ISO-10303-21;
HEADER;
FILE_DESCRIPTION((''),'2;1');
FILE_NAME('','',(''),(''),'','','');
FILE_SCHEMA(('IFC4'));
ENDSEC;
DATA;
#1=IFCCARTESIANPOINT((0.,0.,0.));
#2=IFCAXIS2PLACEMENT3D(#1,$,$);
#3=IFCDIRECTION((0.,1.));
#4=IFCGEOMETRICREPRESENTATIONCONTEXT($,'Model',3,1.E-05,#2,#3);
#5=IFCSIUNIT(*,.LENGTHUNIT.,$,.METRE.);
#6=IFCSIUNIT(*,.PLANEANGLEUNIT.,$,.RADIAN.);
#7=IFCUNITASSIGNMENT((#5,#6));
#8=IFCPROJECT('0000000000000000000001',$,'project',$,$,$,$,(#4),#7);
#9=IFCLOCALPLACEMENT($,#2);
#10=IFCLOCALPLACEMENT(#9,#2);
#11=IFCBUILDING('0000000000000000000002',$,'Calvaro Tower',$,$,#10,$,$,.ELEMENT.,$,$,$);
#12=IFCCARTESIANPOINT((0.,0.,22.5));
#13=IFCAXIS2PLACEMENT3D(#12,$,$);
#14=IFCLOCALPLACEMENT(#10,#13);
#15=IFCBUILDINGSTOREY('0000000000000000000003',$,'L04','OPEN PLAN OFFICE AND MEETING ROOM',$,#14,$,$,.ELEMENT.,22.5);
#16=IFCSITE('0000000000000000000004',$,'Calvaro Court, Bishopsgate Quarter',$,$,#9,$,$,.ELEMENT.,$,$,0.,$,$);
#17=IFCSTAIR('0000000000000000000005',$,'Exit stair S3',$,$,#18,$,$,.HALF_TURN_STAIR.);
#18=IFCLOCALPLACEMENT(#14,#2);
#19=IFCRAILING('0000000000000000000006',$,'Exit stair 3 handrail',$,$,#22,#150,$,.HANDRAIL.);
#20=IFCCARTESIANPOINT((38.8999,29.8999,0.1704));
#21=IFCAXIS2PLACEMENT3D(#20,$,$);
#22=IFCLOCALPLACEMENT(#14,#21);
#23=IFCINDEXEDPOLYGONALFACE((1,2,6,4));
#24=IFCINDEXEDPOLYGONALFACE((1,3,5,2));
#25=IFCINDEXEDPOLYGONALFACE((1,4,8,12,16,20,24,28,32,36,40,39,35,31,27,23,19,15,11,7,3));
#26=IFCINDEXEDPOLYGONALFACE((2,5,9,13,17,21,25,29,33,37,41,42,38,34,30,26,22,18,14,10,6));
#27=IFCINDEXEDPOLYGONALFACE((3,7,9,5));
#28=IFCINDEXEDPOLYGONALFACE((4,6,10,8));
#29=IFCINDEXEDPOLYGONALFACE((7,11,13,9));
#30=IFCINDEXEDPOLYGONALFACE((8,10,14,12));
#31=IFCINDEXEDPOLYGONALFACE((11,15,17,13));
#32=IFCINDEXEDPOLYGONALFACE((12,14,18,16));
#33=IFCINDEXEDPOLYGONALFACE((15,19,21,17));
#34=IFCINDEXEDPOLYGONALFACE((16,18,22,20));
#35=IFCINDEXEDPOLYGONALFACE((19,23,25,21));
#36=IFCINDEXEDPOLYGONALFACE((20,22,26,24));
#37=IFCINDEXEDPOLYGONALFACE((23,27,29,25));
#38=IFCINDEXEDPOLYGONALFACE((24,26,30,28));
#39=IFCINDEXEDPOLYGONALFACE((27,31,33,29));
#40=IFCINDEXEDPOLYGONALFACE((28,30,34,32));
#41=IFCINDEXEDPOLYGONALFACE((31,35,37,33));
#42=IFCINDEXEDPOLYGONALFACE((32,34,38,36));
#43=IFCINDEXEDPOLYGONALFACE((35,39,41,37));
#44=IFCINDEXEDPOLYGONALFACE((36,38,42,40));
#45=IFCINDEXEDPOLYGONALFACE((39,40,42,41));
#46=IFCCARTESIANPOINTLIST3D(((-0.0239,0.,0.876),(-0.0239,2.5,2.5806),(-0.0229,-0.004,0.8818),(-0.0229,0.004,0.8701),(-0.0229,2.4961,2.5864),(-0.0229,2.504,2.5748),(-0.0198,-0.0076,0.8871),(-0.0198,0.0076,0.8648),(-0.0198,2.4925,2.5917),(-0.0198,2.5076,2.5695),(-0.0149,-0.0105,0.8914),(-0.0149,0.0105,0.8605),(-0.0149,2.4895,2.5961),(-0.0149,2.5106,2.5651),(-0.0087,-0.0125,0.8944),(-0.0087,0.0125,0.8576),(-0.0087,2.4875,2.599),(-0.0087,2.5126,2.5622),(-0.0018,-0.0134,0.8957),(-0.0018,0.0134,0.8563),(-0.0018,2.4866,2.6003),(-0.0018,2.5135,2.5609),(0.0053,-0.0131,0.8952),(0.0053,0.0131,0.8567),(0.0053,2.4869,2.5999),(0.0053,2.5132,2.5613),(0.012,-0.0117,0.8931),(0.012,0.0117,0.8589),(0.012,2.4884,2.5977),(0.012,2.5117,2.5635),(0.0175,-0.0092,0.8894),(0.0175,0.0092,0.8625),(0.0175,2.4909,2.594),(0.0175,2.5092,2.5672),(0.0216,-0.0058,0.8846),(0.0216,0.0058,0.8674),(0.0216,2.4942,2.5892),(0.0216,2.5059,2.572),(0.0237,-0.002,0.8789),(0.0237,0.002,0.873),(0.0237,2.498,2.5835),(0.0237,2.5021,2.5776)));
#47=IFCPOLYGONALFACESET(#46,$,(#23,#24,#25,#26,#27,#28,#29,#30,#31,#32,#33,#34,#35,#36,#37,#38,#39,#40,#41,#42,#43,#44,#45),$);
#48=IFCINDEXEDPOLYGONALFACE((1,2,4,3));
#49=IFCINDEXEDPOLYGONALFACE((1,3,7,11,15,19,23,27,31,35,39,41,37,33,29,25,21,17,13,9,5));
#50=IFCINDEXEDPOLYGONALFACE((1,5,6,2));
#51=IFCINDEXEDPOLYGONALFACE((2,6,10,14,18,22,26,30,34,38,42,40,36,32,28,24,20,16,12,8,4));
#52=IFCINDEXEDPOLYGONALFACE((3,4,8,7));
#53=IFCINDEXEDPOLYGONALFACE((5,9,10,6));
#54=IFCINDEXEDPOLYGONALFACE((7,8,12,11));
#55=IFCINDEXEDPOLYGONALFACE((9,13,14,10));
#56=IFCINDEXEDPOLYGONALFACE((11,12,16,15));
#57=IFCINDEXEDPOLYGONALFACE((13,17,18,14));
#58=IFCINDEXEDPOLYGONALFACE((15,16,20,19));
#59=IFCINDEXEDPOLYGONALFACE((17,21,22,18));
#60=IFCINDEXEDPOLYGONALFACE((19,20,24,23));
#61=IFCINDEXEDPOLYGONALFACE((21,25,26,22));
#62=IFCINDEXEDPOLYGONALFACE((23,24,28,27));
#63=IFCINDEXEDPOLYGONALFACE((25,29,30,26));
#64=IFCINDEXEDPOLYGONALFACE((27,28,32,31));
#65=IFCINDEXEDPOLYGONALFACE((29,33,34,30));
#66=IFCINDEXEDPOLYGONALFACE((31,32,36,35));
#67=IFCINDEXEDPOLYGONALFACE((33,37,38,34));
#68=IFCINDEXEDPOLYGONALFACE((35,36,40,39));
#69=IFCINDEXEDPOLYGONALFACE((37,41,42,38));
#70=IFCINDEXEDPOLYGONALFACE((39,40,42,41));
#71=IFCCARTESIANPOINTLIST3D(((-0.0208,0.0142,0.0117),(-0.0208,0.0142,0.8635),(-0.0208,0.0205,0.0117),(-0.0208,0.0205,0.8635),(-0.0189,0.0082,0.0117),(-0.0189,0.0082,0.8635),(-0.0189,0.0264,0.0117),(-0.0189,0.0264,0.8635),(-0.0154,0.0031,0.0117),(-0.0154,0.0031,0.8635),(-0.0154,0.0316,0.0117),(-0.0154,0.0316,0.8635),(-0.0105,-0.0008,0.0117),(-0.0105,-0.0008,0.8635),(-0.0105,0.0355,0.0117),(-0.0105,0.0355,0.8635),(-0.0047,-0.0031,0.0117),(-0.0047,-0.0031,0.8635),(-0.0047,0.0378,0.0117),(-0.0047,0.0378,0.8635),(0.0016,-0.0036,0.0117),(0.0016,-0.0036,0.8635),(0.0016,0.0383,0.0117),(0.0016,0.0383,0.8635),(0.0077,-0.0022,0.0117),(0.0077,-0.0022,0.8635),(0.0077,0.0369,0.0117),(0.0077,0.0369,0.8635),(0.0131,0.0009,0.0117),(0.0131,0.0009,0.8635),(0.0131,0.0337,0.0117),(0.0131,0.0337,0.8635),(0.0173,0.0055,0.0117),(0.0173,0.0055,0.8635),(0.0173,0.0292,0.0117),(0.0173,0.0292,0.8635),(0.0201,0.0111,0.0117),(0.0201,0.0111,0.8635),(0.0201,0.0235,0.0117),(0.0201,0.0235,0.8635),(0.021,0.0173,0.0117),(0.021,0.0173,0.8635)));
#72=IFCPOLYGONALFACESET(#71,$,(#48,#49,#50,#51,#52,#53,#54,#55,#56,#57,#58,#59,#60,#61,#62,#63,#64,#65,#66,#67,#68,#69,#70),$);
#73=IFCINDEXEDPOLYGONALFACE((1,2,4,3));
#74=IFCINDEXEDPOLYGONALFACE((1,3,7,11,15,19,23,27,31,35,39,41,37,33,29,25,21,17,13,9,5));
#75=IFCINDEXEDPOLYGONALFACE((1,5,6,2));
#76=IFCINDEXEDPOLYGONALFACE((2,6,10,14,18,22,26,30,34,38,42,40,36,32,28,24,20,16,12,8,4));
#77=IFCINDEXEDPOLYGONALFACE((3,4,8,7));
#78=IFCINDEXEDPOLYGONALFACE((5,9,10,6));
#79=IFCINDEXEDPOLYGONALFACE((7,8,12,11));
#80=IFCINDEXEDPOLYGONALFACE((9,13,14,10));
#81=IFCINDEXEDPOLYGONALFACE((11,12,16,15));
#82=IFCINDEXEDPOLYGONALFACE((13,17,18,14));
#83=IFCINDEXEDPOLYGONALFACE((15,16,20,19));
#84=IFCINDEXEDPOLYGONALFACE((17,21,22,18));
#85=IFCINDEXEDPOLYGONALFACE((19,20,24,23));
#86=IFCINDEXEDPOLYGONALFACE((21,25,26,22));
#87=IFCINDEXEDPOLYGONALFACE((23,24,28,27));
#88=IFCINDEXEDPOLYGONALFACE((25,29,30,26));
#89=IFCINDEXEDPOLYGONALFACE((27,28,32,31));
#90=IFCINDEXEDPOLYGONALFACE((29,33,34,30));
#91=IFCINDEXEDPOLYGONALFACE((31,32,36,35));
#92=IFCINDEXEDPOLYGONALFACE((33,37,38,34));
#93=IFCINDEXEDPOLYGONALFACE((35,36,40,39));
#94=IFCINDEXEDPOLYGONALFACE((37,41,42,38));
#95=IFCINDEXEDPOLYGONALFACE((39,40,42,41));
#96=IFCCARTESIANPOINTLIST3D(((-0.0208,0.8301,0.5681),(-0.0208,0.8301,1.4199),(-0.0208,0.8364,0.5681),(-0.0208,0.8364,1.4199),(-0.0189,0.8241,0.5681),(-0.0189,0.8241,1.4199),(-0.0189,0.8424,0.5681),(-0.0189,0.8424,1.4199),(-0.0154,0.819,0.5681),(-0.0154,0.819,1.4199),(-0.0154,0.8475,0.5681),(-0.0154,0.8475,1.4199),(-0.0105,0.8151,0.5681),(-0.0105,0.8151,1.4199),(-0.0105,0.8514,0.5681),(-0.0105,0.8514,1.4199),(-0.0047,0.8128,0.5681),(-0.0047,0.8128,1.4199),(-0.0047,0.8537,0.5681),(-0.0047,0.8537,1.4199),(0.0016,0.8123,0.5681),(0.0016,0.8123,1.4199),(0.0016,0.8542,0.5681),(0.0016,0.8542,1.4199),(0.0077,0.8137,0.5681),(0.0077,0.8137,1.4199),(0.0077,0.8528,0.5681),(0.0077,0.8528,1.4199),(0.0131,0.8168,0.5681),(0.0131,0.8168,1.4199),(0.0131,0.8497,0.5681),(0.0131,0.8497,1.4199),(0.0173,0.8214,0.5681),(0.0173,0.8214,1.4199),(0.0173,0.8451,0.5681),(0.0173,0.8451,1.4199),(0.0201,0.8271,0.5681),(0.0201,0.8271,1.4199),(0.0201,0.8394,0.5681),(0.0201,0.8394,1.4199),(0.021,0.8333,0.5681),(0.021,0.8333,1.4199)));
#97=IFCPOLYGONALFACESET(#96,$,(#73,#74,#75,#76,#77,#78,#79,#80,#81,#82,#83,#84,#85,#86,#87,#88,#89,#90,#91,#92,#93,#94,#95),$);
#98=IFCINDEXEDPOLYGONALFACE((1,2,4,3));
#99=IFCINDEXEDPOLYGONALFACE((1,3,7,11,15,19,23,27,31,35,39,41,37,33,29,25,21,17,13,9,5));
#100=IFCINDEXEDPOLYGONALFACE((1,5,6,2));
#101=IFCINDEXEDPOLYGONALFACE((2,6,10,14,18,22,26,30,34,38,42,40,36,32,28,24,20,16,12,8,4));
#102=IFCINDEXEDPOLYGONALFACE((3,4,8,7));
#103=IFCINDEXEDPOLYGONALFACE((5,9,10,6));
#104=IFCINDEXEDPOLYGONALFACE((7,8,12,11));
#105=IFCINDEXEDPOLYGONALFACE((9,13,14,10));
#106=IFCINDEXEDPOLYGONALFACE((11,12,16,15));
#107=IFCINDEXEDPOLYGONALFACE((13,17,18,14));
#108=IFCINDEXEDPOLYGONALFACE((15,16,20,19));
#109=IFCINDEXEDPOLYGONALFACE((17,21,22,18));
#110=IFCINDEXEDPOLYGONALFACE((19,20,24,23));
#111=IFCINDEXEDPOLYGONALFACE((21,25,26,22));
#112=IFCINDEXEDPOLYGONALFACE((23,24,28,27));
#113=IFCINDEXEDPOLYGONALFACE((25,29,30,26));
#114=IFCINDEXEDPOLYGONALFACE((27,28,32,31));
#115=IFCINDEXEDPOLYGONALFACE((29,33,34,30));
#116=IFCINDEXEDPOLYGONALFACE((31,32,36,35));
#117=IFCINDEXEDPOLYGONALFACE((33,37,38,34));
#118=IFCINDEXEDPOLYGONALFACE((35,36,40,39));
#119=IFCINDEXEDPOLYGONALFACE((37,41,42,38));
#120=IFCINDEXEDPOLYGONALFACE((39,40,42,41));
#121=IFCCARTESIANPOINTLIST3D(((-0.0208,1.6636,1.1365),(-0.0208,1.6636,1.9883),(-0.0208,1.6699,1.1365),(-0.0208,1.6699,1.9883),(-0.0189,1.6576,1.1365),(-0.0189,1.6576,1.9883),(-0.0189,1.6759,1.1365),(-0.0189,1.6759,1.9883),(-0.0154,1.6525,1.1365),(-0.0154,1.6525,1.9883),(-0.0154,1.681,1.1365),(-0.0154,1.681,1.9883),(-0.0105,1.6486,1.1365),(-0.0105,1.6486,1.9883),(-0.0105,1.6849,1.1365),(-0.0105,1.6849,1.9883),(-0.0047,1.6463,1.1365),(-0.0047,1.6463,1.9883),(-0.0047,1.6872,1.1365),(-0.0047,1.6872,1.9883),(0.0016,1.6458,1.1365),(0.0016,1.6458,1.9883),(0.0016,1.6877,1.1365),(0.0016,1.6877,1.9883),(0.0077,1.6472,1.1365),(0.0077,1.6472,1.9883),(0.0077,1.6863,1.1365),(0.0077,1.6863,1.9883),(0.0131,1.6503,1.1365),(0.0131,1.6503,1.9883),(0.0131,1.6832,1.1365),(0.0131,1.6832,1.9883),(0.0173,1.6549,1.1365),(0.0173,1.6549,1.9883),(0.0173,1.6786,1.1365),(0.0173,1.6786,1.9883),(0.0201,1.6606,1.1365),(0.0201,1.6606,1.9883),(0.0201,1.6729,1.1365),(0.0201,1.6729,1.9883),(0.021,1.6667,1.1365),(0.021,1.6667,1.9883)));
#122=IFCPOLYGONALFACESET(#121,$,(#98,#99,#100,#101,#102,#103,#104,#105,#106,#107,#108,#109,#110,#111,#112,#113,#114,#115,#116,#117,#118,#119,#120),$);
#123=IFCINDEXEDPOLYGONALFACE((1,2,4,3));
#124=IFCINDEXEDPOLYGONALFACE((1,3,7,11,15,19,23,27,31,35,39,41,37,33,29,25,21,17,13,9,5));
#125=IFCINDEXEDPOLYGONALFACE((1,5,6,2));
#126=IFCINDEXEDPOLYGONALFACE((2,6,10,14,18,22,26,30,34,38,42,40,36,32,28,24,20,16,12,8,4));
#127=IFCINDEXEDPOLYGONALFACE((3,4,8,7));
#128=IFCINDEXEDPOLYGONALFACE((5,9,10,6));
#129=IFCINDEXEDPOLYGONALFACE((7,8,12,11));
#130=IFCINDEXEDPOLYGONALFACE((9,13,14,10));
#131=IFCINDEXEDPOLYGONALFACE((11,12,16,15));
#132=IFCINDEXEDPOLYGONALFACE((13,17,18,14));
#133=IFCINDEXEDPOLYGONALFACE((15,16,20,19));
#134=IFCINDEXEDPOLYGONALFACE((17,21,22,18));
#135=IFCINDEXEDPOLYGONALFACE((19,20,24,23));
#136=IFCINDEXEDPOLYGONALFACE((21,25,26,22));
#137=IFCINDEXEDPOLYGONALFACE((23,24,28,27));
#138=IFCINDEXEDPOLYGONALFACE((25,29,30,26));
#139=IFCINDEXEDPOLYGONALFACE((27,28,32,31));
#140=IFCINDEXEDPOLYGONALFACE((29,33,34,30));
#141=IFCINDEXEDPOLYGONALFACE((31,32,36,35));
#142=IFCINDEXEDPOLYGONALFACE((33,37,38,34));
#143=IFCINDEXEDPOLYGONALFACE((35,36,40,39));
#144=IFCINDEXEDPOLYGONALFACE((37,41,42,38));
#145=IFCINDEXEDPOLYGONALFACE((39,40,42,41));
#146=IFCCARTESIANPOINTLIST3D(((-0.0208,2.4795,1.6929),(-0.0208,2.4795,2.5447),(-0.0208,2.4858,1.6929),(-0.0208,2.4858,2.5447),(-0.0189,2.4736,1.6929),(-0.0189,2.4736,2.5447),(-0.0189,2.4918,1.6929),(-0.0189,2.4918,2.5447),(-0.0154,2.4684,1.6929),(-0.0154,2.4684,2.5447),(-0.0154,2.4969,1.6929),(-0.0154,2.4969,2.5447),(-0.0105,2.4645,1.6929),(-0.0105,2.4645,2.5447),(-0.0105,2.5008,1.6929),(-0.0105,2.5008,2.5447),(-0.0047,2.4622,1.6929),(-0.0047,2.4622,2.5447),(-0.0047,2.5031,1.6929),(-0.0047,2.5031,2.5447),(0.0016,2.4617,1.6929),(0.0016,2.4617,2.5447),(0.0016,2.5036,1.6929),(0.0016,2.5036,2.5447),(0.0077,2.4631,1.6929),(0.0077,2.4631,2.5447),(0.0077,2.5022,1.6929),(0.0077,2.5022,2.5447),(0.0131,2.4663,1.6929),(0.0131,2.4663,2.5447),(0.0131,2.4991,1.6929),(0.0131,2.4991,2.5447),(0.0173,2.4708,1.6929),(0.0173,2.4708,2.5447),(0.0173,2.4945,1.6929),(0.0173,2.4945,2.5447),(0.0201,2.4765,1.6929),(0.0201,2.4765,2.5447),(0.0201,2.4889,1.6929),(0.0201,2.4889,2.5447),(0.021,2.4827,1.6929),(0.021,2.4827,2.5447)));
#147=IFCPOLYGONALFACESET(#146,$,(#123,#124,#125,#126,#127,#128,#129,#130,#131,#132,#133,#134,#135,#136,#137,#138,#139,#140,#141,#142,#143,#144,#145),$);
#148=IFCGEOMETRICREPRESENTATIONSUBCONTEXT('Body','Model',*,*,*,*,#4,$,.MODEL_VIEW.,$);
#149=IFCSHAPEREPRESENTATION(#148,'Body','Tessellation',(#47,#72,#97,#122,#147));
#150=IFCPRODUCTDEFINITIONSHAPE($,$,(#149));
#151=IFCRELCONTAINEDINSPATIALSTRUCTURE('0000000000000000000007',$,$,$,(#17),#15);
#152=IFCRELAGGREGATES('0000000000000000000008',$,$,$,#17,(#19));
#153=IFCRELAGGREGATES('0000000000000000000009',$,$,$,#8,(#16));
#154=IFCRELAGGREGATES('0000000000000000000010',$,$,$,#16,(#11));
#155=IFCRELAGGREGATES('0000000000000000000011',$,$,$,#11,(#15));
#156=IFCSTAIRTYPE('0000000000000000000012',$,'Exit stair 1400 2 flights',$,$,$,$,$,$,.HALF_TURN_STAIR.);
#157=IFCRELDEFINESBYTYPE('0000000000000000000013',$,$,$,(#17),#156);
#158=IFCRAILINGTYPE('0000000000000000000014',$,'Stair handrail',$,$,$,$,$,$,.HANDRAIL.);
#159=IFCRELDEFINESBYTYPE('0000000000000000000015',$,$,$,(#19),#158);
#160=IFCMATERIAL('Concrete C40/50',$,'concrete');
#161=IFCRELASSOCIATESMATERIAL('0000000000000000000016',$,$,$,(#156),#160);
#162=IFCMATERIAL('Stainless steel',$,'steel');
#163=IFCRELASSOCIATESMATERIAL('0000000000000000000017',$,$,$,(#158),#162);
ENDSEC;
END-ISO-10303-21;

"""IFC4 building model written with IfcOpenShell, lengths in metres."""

from ifc_helpers import new_model, si_unit, direction, frame, origin, origin_2d, place, context, subcontext, project, spatial, circle, extrude, material, type_object, element, aggregate, save


model = new_model("IFC4")

# Units and contexts
model_context = context("Model", 3, precision=1e-05, world=origin(), true_north=direction((0.0, 1.0)))
body_context = subcontext(model_context, "Body", "Model", "MODEL_VIEW")
ifc_project = project(units=[si_unit("LENGTHUNIT", "METRE"), si_unit("PLANEANGLEUNIT", "RADIAN")], contexts=[model_context])

# Site, building, storey
site_placement = place(None, origin())
site = spatial("IfcSite", under=ifc_project, at=site_placement, Name="Calvaro Court, Bishopsgate Quarter", CompositionType="ELEMENT", RefElevation=0.0)
building_placement = place(site_placement, origin())
building = spatial("IfcBuilding", under=site, at=building_placement, Name="Calvaro Tower", CompositionType="ELEMENT")
storey_placement = place(building_placement, frame((0.0, 0.0, 22.5)))
storey = spatial("IfcBuildingStorey", under=building, at=storey_placement, Name="L04", Description="OPEN PLAN OFFICE AND MEETING ROOM", CompositionType="ELEMENT", Elevation=22.5)

# Stair
ifc_material_1 = material(Name="Concrete C40/50", Category="concrete")
stair_type = type_object("IfcStairType", Name="Exit stair 1400 2 flights", PredefinedType="HALF_TURN_STAIR", material=ifc_material_1)
stair_1_placement = place(storey_placement, origin())
stair_1 = element("IfcStair", 1, at=stair_1_placement, inside=storey, type_object=stair_type, Name="Exit stair S3", PredefinedType="HALF_TURN_STAIR")

# Railing
ifc_material_2 = material(Name="Stainless steel", Category="steel")
railing_type = type_object("IfcRailingType", Name="Stair handrail", PredefinedType="HANDRAIL", material=ifc_material_2)
railing_1_placement = place(storey_placement, frame((38.8999, 29.8999, 0.1704)))
railing_1 = element("IfcRailing", 2, at=railing_1_placement, type_object=railing_type, Name="Exit stair 3 handrail", PredefinedType="HANDRAIL", context=body_context, shape_type="SweptSolid", body=[
    extrude(circle(Radius=0.0239, at=origin_2d()), frame((0.0, 0.0, 0.876), z_axis=(0.0, 0.826221, 0.563347), x_axis=(-1.0, 0.0, 0.0)), (0.0, 0.0, 1.0), 3.0259),
    extrude(circle(Radius=0.021, at=origin_2d()), frame((0.0, 0.0173, 0.0117)), (0.0, 0.0, 1.0), 0.8518),
    extrude(circle(Radius=0.021, at=origin_2d()), frame((0.0, 0.8333, 0.5681)), (0.0, 0.0, 1.0), 0.8518),
    extrude(circle(Radius=0.021, at=origin_2d()), frame((0.0, 1.6667, 1.1365)), (0.0, 0.0, 1.0), 0.8518),
    extrude(circle(Radius=0.021, at=origin_2d()), frame((0.0, 2.4827, 1.6929)), (0.0, 0.0, 1.0), 0.8518),
])
aggregate(stair_1, [railing_1])

save(model, "model.ifc")
